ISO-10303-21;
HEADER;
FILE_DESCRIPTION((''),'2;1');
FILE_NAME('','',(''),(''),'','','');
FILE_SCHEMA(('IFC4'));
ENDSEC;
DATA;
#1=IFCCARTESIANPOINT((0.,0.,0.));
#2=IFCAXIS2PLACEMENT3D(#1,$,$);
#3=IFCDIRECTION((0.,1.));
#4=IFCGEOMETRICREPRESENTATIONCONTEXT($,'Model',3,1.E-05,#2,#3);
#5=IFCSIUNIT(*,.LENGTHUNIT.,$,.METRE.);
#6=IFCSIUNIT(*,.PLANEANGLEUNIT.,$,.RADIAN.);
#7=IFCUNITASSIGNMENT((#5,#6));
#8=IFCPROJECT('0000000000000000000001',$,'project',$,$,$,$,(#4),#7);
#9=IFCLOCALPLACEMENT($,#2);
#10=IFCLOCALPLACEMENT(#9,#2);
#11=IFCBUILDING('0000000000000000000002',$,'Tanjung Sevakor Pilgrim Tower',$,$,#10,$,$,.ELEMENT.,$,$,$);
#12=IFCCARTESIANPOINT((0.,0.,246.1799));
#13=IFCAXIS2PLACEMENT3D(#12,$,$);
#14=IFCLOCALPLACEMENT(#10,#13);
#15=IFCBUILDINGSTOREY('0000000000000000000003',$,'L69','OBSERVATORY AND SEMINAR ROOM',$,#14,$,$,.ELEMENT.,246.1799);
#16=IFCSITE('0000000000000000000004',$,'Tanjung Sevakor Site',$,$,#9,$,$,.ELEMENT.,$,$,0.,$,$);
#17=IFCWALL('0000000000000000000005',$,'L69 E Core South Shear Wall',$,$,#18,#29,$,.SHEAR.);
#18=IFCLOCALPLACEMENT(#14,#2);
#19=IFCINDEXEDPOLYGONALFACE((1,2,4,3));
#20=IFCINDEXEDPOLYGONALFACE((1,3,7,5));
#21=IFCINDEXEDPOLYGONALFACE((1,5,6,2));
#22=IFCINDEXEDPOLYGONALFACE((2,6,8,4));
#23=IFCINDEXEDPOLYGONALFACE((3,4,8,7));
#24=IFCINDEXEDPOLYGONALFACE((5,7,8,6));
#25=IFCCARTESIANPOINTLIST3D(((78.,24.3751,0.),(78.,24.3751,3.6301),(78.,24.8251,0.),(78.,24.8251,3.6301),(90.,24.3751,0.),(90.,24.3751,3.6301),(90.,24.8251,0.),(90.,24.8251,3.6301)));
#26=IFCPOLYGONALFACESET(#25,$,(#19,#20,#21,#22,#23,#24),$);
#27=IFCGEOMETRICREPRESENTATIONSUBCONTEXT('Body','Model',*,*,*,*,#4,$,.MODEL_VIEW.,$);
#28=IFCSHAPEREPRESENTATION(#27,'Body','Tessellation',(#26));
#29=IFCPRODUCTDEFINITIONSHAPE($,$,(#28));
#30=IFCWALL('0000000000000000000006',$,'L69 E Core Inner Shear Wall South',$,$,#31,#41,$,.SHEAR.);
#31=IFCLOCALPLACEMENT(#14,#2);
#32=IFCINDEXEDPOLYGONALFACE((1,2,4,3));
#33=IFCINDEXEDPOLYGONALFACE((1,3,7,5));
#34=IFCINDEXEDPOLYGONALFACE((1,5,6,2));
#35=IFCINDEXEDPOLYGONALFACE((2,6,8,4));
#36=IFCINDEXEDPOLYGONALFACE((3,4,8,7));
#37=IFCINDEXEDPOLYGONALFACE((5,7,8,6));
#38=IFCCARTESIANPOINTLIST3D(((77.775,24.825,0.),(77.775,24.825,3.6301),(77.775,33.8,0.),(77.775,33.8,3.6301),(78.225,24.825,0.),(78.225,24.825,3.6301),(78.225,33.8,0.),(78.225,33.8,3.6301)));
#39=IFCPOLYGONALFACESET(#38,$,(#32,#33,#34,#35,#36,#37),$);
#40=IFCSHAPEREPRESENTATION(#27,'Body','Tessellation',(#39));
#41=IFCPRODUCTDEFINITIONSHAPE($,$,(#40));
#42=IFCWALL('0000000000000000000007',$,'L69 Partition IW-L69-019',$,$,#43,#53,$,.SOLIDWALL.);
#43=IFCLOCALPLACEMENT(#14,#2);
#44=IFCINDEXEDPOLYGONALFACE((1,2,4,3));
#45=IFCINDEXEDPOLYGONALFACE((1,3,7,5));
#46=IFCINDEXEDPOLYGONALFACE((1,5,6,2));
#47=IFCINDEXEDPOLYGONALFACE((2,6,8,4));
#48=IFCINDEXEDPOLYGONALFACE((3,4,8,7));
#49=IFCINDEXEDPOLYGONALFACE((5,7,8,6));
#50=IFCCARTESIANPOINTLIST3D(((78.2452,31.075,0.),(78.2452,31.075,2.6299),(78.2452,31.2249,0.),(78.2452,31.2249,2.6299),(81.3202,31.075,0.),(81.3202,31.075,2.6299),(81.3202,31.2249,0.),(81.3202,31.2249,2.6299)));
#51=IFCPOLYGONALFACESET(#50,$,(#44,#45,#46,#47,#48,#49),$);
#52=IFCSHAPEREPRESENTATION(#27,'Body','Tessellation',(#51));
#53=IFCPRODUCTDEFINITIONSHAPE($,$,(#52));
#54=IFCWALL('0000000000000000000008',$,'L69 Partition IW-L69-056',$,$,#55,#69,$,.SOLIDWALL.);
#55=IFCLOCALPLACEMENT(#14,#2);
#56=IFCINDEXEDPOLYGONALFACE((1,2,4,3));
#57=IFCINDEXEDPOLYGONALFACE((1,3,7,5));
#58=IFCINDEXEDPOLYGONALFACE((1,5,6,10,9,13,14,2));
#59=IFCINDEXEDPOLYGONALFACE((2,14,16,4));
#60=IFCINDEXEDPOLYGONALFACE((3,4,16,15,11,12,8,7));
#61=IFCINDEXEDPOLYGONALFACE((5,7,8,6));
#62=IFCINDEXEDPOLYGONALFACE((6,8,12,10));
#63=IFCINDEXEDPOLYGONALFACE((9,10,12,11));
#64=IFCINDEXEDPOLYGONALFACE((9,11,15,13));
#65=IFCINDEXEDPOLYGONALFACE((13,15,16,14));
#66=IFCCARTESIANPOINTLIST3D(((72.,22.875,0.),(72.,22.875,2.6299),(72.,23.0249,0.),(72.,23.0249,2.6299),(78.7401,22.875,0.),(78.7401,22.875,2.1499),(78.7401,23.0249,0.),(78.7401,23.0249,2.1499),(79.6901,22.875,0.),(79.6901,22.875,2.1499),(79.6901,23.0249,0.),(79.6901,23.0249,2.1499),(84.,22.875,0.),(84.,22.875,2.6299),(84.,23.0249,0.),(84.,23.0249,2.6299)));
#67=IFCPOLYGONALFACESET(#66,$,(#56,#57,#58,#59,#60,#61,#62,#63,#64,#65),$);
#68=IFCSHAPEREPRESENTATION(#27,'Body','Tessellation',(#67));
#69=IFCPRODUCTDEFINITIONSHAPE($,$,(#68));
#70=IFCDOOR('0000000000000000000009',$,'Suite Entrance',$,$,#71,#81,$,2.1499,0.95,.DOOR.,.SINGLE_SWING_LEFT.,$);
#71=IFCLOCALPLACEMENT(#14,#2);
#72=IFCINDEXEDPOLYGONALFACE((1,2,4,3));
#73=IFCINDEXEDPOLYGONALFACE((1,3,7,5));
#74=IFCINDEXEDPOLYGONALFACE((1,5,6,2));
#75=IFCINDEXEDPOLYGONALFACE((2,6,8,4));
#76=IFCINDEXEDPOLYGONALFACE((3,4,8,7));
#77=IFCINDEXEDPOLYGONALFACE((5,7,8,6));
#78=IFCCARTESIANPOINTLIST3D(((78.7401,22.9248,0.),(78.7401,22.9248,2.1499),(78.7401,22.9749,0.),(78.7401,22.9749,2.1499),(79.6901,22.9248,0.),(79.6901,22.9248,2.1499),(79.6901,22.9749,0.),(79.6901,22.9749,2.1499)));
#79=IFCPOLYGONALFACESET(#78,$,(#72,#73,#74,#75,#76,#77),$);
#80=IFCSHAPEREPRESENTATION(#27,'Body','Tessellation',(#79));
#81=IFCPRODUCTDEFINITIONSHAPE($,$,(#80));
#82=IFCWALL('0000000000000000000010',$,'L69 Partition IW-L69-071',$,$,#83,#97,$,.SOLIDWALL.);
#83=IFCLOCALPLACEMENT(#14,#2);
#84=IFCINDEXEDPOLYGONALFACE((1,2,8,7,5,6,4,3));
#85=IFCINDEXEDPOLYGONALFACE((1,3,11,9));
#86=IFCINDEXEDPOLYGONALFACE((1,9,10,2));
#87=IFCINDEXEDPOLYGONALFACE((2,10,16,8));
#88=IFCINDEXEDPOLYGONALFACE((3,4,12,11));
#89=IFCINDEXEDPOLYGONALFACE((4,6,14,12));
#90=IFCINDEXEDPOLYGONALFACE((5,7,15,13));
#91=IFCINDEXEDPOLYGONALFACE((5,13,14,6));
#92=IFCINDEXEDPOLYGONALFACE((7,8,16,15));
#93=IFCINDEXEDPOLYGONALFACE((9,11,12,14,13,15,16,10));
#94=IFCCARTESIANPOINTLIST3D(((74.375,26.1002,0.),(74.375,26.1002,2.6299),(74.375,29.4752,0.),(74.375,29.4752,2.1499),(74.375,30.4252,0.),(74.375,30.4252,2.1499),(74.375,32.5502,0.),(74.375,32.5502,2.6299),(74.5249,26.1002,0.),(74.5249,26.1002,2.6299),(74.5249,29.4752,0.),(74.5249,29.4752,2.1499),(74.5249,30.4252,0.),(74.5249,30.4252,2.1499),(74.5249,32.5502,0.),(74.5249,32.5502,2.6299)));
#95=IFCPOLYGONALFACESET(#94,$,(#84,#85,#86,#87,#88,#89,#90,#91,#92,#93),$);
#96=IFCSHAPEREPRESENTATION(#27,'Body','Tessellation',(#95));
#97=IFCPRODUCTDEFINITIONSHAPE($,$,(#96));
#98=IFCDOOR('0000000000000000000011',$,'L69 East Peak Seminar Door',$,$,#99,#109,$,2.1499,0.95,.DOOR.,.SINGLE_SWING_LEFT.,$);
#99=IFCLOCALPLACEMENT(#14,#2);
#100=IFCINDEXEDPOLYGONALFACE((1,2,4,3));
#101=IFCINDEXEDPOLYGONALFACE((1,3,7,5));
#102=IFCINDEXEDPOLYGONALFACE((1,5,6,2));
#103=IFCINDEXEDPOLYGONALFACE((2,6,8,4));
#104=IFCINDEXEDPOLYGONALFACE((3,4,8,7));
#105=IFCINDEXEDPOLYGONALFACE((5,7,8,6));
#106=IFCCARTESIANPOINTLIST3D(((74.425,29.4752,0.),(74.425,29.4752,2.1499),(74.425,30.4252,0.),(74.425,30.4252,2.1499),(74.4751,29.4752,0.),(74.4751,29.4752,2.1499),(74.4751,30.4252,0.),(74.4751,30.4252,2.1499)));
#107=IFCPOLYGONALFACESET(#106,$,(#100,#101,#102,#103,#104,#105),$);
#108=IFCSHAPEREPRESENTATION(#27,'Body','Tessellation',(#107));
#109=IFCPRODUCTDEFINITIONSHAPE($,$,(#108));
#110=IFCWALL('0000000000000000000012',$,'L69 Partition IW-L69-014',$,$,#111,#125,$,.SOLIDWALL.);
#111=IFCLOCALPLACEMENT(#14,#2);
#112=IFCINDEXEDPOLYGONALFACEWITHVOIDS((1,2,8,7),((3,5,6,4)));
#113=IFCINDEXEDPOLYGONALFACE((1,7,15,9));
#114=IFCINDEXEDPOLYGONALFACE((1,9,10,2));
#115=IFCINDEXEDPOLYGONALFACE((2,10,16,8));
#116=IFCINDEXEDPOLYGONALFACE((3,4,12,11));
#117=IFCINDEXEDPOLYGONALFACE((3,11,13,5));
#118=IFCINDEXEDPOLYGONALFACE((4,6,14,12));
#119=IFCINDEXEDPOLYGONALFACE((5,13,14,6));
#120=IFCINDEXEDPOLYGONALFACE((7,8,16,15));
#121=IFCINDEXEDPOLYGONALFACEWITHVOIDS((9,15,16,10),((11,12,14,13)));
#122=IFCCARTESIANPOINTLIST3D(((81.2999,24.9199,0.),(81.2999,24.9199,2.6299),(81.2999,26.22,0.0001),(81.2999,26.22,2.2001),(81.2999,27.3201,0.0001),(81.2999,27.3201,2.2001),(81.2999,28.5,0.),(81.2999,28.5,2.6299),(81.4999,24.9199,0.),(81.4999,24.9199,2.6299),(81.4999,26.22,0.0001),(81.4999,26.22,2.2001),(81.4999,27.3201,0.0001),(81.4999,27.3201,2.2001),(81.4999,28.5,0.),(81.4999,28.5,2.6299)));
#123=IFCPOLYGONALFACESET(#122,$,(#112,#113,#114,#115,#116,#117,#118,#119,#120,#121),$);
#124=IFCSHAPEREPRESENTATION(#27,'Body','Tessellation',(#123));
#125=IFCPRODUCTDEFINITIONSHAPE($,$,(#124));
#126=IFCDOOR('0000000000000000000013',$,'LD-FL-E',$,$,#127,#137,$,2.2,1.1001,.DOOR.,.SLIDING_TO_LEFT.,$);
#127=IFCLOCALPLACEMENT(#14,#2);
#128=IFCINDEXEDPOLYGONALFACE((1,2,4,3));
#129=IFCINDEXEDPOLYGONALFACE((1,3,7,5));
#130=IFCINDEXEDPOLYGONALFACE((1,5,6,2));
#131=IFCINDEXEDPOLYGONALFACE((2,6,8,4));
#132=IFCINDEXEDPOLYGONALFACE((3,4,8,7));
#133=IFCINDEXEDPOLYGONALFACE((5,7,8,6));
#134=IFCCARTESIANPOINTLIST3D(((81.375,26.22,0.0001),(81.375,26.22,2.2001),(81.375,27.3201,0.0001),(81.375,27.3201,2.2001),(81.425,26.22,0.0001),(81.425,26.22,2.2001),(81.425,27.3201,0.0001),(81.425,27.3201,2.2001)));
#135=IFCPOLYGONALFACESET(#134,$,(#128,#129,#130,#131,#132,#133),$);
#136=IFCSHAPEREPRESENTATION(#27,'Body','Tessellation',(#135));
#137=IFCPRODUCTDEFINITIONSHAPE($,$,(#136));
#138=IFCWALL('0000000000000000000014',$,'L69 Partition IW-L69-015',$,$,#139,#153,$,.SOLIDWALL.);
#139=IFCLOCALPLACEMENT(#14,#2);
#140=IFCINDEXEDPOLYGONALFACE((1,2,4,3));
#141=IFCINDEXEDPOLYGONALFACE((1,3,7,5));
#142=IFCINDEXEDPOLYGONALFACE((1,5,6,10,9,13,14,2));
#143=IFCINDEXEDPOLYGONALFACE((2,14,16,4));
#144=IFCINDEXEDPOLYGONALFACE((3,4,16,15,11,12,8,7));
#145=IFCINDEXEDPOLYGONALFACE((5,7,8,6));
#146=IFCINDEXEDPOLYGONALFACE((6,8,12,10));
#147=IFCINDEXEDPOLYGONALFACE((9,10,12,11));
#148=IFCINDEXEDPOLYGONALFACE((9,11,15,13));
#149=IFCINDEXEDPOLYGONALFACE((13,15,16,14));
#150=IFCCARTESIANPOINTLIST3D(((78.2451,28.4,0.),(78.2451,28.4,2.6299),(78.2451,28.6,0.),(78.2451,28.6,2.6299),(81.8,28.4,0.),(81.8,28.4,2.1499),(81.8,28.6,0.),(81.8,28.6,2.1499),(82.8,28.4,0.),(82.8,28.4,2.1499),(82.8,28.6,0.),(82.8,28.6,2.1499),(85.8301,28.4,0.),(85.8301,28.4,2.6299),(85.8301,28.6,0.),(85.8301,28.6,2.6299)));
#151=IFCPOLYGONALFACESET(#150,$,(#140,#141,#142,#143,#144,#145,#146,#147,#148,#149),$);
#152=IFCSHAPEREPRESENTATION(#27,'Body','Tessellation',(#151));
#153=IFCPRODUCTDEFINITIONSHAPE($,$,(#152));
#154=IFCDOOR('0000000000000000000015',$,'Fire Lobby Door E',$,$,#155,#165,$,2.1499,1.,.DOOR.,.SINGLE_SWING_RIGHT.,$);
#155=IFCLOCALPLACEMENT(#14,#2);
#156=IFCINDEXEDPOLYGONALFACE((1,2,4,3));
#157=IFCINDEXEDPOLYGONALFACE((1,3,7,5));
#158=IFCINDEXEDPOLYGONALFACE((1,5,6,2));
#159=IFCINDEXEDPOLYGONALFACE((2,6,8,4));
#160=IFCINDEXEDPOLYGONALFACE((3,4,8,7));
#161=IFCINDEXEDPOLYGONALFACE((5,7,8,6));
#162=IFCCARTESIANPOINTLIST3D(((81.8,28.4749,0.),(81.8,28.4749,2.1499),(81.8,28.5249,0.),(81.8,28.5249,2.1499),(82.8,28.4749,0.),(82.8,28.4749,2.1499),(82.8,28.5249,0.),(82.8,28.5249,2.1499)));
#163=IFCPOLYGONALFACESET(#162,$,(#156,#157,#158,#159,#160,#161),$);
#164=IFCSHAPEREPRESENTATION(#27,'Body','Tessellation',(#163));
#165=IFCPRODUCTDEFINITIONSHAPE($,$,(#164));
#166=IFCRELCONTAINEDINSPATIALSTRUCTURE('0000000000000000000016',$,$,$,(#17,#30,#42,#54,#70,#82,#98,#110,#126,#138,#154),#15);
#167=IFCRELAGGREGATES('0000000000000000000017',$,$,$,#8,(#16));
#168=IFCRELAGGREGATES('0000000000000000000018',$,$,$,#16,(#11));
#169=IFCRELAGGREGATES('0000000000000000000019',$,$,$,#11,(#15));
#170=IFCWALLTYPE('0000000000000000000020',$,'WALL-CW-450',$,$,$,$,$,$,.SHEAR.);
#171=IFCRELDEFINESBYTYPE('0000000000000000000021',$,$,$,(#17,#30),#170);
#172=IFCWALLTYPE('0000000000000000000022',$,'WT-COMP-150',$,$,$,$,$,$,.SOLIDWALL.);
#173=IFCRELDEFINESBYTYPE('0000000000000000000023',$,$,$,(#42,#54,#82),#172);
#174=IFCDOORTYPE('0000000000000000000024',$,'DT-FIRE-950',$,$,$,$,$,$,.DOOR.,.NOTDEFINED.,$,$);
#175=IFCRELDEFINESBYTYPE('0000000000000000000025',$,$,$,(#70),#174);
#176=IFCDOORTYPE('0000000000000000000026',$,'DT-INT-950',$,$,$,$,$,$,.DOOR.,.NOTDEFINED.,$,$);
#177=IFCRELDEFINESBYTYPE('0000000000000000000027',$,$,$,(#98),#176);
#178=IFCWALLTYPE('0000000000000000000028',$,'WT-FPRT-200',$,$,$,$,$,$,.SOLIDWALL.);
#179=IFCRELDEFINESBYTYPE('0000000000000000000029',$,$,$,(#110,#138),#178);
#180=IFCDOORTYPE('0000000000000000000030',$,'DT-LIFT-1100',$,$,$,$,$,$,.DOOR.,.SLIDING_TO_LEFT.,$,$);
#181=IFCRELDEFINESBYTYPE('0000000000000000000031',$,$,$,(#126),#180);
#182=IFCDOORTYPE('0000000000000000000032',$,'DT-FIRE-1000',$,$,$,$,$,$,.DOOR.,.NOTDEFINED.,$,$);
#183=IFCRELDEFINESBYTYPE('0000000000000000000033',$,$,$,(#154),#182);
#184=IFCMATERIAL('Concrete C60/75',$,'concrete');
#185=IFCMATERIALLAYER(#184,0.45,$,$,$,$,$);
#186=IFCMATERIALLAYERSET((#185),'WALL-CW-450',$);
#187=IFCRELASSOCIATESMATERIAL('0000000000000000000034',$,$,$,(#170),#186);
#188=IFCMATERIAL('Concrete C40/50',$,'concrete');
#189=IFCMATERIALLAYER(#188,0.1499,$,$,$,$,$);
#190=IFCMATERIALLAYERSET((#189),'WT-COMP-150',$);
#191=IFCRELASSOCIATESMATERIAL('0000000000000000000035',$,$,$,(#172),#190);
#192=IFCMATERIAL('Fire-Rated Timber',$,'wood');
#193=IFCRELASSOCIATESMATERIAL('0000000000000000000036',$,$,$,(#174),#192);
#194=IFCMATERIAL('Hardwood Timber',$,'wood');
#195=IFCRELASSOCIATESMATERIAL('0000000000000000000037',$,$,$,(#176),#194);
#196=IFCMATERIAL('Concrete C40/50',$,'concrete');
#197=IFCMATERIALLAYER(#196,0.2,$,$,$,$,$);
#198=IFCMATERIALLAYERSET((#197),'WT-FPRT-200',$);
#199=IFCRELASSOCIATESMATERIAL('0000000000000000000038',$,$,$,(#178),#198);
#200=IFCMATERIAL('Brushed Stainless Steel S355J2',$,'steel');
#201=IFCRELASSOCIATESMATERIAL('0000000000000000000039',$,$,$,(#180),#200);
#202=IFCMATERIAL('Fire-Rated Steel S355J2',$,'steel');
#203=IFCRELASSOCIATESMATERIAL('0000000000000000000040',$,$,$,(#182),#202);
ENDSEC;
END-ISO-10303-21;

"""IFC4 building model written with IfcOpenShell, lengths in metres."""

from ifc_helpers import new_model, si_unit, direction, frame, frame_2d, origin, place, context, subcontext, project, spatial, rectangle, extrude, material, layer, layer_set, type_object, element, fill, save


model = new_model("IFC4")

# Units and contexts
model_context = context("Model", 3, precision=1e-05, world=origin(), true_north=direction((0.0, 1.0)))
body_context = subcontext(model_context, "Body", "Model", "MODEL_VIEW")
ifc_project = project(units=[si_unit("LENGTHUNIT", "METRE"), si_unit("PLANEANGLEUNIT", "RADIAN")], contexts=[model_context])

# Site, building, storey
site_placement = place(None, origin())
site = spatial("IfcSite", under=ifc_project, at=site_placement, Name="Tanjung Sevakor Site", CompositionType="ELEMENT", RefElevation=0.0)
building_placement = place(site_placement, origin())
building = spatial("IfcBuilding", under=site, at=building_placement, Name="Tanjung Sevakor Pilgrim Tower", CompositionType="ELEMENT")
storey_placement = place(building_placement, frame((0.0, 0.0, 246.1799)))
storey = spatial("IfcBuildingStorey", under=building, at=storey_placement, Name="L69", Description="OBSERVATORY AND SEMINAR ROOM", CompositionType="ELEMENT", Elevation=246.1799)

# Walls
ifc_material_1 = material(Name="Concrete C60/75", Category="concrete")
ifc_layer_1 = layer(ifc_material_1, 0.45)
ifc_layer_set_1 = layer_set([ifc_layer_1], Name="WALL-CW-450")
wall_type_1 = type_object("IfcWallType", Name="WALL-CW-450", PredefinedType="SHEAR", material=ifc_layer_set_1)
wall_1_placement = place(storey_placement, frame((78.0, 24.6001, 0.0), z_axis=(0.0, 0.0, 1.0), x_axis=(1.0, 0.0, 0.0)))
element("IfcWall", 1, at=wall_1_placement, inside=storey, type_object=wall_type_1, Name="L69 E Core South Shear Wall", PredefinedType="SHEAR", context=body_context, shape_type="SweptSolid", body=[
    extrude(rectangle(XDim=12.0, YDim=0.45, at=frame_2d((6.0, 0.0))), origin(), (0.0, 0.0, 1.0), 3.6301),
])
wall_2_placement = place(storey_placement, frame((78.0, 24.825, 0.0), z_axis=(0.0, 0.0, 1.0), x_axis=(0.0, 1.0, 0.0)))
element("IfcWall", 2, at=wall_2_placement, inside=storey, type_object=wall_type_1, Name="L69 E Core Inner Shear Wall South", PredefinedType="SHEAR", context=body_context, shape_type="SweptSolid", body=[
    extrude(rectangle(XDim=8.9751, YDim=0.45, at=frame_2d((4.4875, 0.0))), origin(), (0.0, 0.0, 1.0), 3.6301),
])

# Shared definitions
ifc_material_2 = material(Name="Concrete C40/50", Category="concrete")
ifc_layer_2 = layer(ifc_material_2, 0.1499)
ifc_layer_set_2 = layer_set([ifc_layer_2], Name="WT-COMP-150")
wall_type_2 = type_object("IfcWallType", Name="WT-COMP-150", PredefinedType="SOLIDWALL", material=ifc_layer_set_2)
ifc_material_3 = material(Name="Fire-Rated Timber", Category="wood")
door_type_1 = type_object("IfcDoorType", Name="DT-FIRE-950", OperationType="NOTDEFINED", PredefinedType="DOOR", material=ifc_material_3)

# Wall
wall_3_placement = place(storey_placement, frame((78.2451, 31.1499, 0.0), z_axis=(0.0, 0.0, 1.0), x_axis=(1.0, 0.0, 0.0)))
element("IfcWall", 3, at=wall_3_placement, inside=storey, type_object=wall_type_2, Name="L69 Partition IW-L69-019", PredefinedType="SOLIDWALL", context=body_context, shape_type="SweptSolid", body=[
    extrude(rectangle(XDim=3.075, YDim=0.1499, at=frame_2d((1.5376, 0.0))), origin(), (0.0, 0.0, 1.0), 2.6299),
])

# Walls, openings, doors
wall_4_placement = place(storey_placement, frame((72.0, 22.95, 0.0), z_axis=(0.0, 0.0, 1.0), x_axis=(1.0, 0.0, 0.0)))
wall_4 = element("IfcWall", 4, at=wall_4_placement, inside=storey, type_object=wall_type_2, Name="L69 Partition IW-L69-056", PredefinedType="SOLIDWALL", context=body_context, shape_type="SweptSolid", body=[
    extrude(rectangle(XDim=12.0, YDim=0.1499, at=frame_2d((6.0, 0.0))), origin(), (0.0, 0.0, 1.0), 2.6299),
])
opening_1_placement = place(wall_4_placement, frame((6.74, 0.0, 0.0)))
opening_1 = element("IfcOpeningElement", 5, at=opening_1_placement, cuts=wall_4, PredefinedType="OPENING", context=body_context, shape_type="SweptSolid", body=[
    extrude(rectangle(XDim=0.95, YDim=2.1499, at=frame_2d((0.4751, 1.075))), frame((0.0, 0.085, 0.0), z_axis=(0.0, -1.0, 0.0), x_axis=(1.0, 0.0, 0.0)), (0.0, 0.0, 1.0), 0.1699),
])
door_1_placement = place(opening_1_placement, origin())
door_1 = element("IfcDoor", 6, at=door_1_placement, inside=storey, type_object=door_type_1, Name="Suite Entrance", OperationType="SINGLE_SWING_LEFT", OverallHeight=2.1499, OverallWidth=0.95, PredefinedType="DOOR", context=body_context, shape_type="SweptSolid", body=[
    extrude(rectangle(XDim=0.95, YDim=2.1499, at=frame_2d((0.4751, 1.075))), frame((0.0, 0.0249, 0.0), z_axis=(0.0, -1.0, 0.0), x_axis=(1.0, 0.0, 0.0)), (0.0, 0.0, 1.0), 0.05),
])
fill(opening_1, door_1)
wall_5_placement = place(storey_placement, frame((74.45, 26.1001, 0.0), z_axis=(0.0, 0.0, 1.0), x_axis=(0.0, 1.0, 0.0)))
wall_5 = element("IfcWall", 7, at=wall_5_placement, inside=storey, type_object=wall_type_2, Name="L69 Partition IW-L69-071", PredefinedType="SOLIDWALL", context=body_context, shape_type="SweptSolid", body=[
    extrude(rectangle(XDim=6.45, YDim=0.1499, at=frame_2d((3.2251, 0.0))), origin(), (0.0, 0.0, 1.0), 2.6299),
])
opening_2_placement = place(wall_5_placement, frame((3.375, 0.0, 0.0)))
opening_2 = element("IfcOpeningElement", 8, at=opening_2_placement, cuts=wall_5, PredefinedType="OPENING", context=body_context, shape_type="SweptSolid", body=[
    extrude(rectangle(XDim=0.95, YDim=2.1499, at=frame_2d((0.4751, 1.075))), frame((0.0, 0.085, 0.0), z_axis=(0.0, -1.0, 0.0), x_axis=(1.0, 0.0, 0.0)), (0.0, 0.0, 1.0), 0.1699),
])
ifc_material_4 = material(Name="Hardwood Timber", Category="wood")
door_type_2 = type_object("IfcDoorType", Name="DT-INT-950", OperationType="NOTDEFINED", PredefinedType="DOOR", material=ifc_material_4)
door_2_placement = place(opening_2_placement, origin())
door_2 = element("IfcDoor", 9, at=door_2_placement, inside=storey, type_object=door_type_2, Name="L69 East Peak Seminar Door", OperationType="SINGLE_SWING_LEFT", OverallHeight=2.1499, OverallWidth=0.95, PredefinedType="DOOR", context=body_context, shape_type="SweptSolid", body=[
    extrude(rectangle(XDim=0.95, YDim=2.1499, at=frame_2d((0.4751, 1.075))), frame((0.0, 0.0249, 0.0), z_axis=(0.0, -1.0, 0.0), x_axis=(1.0, 0.0, 0.0)), (0.0, 0.0, 1.0), 0.05),
])
fill(opening_2, door_2)
ifc_material_5 = material(Name="Concrete C40/50", Category="concrete")
ifc_layer_3 = layer(ifc_material_5, 0.2)
ifc_layer_set_3 = layer_set([ifc_layer_3], Name="WT-FPRT-200")
wall_type_3 = type_object("IfcWallType", Name="WT-FPRT-200", PredefinedType="SOLIDWALL", material=ifc_layer_set_3)
wall_6_placement = place(storey_placement, frame((81.3999, 24.9199, 0.0), z_axis=(0.0, 0.0, 1.0), x_axis=(0.0, 1.0, 0.0)))
wall_6 = element("IfcWall", 10, at=wall_6_placement, inside=storey, type_object=wall_type_3, Name="L69 Partition IW-L69-014", PredefinedType="SOLIDWALL", context=body_context, shape_type="SweptSolid", body=[
    extrude(rectangle(XDim=3.5801, YDim=0.2, at=frame_2d((1.79, 0.0))), origin(), (0.0, 0.0, 1.0), 2.6299),
])
opening_3_placement = place(wall_6_placement, frame((1.3, 0.0, 0.0)))
opening_3 = element("IfcOpeningElement", 11, at=opening_3_placement, cuts=wall_6, PredefinedType="OPENING", context=body_context, shape_type="SweptSolid", body=[
    extrude(rectangle(XDim=1.1001, YDim=2.2, at=frame_2d((0.55, 1.1001))), frame((0.0, 0.1099, 0.0), z_axis=(0.0, -1.0, 0.0), x_axis=(1.0, 0.0, 0.0)), (0.0, 0.0, 1.0), 0.22),
])
ifc_material_6 = material(Name="Brushed Stainless Steel S355J2", Category="steel")
door_type_3 = type_object("IfcDoorType", Name="DT-LIFT-1100", OperationType="SLIDING_TO_LEFT", PredefinedType="DOOR", material=ifc_material_6)
door_3_placement = place(opening_3_placement, origin())
door_3 = element("IfcDoor", 12, at=door_3_placement, inside=storey, type_object=door_type_3, Name="LD-FL-E", OperationType="SLIDING_TO_LEFT", OverallHeight=2.2, OverallWidth=1.1001, PredefinedType="DOOR", context=body_context, shape_type="SweptSolid", body=[
    extrude(rectangle(XDim=1.1001, YDim=2.2, at=frame_2d((0.55, 1.1001))), frame((0.0, 0.0249, 0.0), z_axis=(0.0, -1.0, 0.0), x_axis=(1.0, 0.0, 0.0)), (0.0, 0.0, 1.0), 0.05),
])
fill(opening_3, door_3)
wall_7_placement = place(storey_placement, frame((78.2451, 28.5, 0.0), z_axis=(0.0, 0.0, 1.0), x_axis=(1.0, 0.0, 0.0)))
wall_7 = element("IfcWall", 13, at=wall_7_placement, inside=storey, type_object=wall_type_3, Name="L69 Partition IW-L69-015", PredefinedType="SOLIDWALL", context=body_context, shape_type="SweptSolid", body=[
    extrude(rectangle(XDim=7.585, YDim=0.2, at=frame_2d((3.7925, 0.0))), origin(), (0.0, 0.0, 1.0), 2.6299),
])
opening_4_placement = place(wall_7_placement, frame((3.5549, 0.0, 0.0)))
opening_4 = element("IfcOpeningElement", 14, at=opening_4_placement, cuts=wall_7, PredefinedType="OPENING", context=body_context, shape_type="SweptSolid", body=[
    extrude(rectangle(XDim=1.0, YDim=2.1499, at=frame_2d((0.5, 1.075))), frame((0.0, 0.1099, 0.0), z_axis=(0.0, -1.0, 0.0), x_axis=(1.0, 0.0, 0.0)), (0.0, 0.0, 1.0), 0.22),
])
ifc_material_7 = material(Name="Fire-Rated Steel S355J2", Category="steel")
door_type_4 = type_object("IfcDoorType", Name="DT-FIRE-1000", OperationType="NOTDEFINED", PredefinedType="DOOR", material=ifc_material_7)
door_4_placement = place(opening_4_placement, origin())
door_4 = element("IfcDoor", 15, at=door_4_placement, inside=storey, type_object=door_type_4, Name="Fire Lobby Door E", OperationType="SINGLE_SWING_RIGHT", OverallHeight=2.1499, OverallWidth=1.0, PredefinedType="DOOR", context=body_context, shape_type="SweptSolid", body=[
    extrude(rectangle(XDim=1.0, YDim=2.1499, at=frame_2d((0.5, 1.075))), frame((0.0, 0.0249, 0.0), z_axis=(0.0, -1.0, 0.0), x_axis=(1.0, 0.0, 0.0)), (0.0, 0.0, 1.0), 0.05),
])
fill(opening_4, door_4)

save(model, "model.ifc")
